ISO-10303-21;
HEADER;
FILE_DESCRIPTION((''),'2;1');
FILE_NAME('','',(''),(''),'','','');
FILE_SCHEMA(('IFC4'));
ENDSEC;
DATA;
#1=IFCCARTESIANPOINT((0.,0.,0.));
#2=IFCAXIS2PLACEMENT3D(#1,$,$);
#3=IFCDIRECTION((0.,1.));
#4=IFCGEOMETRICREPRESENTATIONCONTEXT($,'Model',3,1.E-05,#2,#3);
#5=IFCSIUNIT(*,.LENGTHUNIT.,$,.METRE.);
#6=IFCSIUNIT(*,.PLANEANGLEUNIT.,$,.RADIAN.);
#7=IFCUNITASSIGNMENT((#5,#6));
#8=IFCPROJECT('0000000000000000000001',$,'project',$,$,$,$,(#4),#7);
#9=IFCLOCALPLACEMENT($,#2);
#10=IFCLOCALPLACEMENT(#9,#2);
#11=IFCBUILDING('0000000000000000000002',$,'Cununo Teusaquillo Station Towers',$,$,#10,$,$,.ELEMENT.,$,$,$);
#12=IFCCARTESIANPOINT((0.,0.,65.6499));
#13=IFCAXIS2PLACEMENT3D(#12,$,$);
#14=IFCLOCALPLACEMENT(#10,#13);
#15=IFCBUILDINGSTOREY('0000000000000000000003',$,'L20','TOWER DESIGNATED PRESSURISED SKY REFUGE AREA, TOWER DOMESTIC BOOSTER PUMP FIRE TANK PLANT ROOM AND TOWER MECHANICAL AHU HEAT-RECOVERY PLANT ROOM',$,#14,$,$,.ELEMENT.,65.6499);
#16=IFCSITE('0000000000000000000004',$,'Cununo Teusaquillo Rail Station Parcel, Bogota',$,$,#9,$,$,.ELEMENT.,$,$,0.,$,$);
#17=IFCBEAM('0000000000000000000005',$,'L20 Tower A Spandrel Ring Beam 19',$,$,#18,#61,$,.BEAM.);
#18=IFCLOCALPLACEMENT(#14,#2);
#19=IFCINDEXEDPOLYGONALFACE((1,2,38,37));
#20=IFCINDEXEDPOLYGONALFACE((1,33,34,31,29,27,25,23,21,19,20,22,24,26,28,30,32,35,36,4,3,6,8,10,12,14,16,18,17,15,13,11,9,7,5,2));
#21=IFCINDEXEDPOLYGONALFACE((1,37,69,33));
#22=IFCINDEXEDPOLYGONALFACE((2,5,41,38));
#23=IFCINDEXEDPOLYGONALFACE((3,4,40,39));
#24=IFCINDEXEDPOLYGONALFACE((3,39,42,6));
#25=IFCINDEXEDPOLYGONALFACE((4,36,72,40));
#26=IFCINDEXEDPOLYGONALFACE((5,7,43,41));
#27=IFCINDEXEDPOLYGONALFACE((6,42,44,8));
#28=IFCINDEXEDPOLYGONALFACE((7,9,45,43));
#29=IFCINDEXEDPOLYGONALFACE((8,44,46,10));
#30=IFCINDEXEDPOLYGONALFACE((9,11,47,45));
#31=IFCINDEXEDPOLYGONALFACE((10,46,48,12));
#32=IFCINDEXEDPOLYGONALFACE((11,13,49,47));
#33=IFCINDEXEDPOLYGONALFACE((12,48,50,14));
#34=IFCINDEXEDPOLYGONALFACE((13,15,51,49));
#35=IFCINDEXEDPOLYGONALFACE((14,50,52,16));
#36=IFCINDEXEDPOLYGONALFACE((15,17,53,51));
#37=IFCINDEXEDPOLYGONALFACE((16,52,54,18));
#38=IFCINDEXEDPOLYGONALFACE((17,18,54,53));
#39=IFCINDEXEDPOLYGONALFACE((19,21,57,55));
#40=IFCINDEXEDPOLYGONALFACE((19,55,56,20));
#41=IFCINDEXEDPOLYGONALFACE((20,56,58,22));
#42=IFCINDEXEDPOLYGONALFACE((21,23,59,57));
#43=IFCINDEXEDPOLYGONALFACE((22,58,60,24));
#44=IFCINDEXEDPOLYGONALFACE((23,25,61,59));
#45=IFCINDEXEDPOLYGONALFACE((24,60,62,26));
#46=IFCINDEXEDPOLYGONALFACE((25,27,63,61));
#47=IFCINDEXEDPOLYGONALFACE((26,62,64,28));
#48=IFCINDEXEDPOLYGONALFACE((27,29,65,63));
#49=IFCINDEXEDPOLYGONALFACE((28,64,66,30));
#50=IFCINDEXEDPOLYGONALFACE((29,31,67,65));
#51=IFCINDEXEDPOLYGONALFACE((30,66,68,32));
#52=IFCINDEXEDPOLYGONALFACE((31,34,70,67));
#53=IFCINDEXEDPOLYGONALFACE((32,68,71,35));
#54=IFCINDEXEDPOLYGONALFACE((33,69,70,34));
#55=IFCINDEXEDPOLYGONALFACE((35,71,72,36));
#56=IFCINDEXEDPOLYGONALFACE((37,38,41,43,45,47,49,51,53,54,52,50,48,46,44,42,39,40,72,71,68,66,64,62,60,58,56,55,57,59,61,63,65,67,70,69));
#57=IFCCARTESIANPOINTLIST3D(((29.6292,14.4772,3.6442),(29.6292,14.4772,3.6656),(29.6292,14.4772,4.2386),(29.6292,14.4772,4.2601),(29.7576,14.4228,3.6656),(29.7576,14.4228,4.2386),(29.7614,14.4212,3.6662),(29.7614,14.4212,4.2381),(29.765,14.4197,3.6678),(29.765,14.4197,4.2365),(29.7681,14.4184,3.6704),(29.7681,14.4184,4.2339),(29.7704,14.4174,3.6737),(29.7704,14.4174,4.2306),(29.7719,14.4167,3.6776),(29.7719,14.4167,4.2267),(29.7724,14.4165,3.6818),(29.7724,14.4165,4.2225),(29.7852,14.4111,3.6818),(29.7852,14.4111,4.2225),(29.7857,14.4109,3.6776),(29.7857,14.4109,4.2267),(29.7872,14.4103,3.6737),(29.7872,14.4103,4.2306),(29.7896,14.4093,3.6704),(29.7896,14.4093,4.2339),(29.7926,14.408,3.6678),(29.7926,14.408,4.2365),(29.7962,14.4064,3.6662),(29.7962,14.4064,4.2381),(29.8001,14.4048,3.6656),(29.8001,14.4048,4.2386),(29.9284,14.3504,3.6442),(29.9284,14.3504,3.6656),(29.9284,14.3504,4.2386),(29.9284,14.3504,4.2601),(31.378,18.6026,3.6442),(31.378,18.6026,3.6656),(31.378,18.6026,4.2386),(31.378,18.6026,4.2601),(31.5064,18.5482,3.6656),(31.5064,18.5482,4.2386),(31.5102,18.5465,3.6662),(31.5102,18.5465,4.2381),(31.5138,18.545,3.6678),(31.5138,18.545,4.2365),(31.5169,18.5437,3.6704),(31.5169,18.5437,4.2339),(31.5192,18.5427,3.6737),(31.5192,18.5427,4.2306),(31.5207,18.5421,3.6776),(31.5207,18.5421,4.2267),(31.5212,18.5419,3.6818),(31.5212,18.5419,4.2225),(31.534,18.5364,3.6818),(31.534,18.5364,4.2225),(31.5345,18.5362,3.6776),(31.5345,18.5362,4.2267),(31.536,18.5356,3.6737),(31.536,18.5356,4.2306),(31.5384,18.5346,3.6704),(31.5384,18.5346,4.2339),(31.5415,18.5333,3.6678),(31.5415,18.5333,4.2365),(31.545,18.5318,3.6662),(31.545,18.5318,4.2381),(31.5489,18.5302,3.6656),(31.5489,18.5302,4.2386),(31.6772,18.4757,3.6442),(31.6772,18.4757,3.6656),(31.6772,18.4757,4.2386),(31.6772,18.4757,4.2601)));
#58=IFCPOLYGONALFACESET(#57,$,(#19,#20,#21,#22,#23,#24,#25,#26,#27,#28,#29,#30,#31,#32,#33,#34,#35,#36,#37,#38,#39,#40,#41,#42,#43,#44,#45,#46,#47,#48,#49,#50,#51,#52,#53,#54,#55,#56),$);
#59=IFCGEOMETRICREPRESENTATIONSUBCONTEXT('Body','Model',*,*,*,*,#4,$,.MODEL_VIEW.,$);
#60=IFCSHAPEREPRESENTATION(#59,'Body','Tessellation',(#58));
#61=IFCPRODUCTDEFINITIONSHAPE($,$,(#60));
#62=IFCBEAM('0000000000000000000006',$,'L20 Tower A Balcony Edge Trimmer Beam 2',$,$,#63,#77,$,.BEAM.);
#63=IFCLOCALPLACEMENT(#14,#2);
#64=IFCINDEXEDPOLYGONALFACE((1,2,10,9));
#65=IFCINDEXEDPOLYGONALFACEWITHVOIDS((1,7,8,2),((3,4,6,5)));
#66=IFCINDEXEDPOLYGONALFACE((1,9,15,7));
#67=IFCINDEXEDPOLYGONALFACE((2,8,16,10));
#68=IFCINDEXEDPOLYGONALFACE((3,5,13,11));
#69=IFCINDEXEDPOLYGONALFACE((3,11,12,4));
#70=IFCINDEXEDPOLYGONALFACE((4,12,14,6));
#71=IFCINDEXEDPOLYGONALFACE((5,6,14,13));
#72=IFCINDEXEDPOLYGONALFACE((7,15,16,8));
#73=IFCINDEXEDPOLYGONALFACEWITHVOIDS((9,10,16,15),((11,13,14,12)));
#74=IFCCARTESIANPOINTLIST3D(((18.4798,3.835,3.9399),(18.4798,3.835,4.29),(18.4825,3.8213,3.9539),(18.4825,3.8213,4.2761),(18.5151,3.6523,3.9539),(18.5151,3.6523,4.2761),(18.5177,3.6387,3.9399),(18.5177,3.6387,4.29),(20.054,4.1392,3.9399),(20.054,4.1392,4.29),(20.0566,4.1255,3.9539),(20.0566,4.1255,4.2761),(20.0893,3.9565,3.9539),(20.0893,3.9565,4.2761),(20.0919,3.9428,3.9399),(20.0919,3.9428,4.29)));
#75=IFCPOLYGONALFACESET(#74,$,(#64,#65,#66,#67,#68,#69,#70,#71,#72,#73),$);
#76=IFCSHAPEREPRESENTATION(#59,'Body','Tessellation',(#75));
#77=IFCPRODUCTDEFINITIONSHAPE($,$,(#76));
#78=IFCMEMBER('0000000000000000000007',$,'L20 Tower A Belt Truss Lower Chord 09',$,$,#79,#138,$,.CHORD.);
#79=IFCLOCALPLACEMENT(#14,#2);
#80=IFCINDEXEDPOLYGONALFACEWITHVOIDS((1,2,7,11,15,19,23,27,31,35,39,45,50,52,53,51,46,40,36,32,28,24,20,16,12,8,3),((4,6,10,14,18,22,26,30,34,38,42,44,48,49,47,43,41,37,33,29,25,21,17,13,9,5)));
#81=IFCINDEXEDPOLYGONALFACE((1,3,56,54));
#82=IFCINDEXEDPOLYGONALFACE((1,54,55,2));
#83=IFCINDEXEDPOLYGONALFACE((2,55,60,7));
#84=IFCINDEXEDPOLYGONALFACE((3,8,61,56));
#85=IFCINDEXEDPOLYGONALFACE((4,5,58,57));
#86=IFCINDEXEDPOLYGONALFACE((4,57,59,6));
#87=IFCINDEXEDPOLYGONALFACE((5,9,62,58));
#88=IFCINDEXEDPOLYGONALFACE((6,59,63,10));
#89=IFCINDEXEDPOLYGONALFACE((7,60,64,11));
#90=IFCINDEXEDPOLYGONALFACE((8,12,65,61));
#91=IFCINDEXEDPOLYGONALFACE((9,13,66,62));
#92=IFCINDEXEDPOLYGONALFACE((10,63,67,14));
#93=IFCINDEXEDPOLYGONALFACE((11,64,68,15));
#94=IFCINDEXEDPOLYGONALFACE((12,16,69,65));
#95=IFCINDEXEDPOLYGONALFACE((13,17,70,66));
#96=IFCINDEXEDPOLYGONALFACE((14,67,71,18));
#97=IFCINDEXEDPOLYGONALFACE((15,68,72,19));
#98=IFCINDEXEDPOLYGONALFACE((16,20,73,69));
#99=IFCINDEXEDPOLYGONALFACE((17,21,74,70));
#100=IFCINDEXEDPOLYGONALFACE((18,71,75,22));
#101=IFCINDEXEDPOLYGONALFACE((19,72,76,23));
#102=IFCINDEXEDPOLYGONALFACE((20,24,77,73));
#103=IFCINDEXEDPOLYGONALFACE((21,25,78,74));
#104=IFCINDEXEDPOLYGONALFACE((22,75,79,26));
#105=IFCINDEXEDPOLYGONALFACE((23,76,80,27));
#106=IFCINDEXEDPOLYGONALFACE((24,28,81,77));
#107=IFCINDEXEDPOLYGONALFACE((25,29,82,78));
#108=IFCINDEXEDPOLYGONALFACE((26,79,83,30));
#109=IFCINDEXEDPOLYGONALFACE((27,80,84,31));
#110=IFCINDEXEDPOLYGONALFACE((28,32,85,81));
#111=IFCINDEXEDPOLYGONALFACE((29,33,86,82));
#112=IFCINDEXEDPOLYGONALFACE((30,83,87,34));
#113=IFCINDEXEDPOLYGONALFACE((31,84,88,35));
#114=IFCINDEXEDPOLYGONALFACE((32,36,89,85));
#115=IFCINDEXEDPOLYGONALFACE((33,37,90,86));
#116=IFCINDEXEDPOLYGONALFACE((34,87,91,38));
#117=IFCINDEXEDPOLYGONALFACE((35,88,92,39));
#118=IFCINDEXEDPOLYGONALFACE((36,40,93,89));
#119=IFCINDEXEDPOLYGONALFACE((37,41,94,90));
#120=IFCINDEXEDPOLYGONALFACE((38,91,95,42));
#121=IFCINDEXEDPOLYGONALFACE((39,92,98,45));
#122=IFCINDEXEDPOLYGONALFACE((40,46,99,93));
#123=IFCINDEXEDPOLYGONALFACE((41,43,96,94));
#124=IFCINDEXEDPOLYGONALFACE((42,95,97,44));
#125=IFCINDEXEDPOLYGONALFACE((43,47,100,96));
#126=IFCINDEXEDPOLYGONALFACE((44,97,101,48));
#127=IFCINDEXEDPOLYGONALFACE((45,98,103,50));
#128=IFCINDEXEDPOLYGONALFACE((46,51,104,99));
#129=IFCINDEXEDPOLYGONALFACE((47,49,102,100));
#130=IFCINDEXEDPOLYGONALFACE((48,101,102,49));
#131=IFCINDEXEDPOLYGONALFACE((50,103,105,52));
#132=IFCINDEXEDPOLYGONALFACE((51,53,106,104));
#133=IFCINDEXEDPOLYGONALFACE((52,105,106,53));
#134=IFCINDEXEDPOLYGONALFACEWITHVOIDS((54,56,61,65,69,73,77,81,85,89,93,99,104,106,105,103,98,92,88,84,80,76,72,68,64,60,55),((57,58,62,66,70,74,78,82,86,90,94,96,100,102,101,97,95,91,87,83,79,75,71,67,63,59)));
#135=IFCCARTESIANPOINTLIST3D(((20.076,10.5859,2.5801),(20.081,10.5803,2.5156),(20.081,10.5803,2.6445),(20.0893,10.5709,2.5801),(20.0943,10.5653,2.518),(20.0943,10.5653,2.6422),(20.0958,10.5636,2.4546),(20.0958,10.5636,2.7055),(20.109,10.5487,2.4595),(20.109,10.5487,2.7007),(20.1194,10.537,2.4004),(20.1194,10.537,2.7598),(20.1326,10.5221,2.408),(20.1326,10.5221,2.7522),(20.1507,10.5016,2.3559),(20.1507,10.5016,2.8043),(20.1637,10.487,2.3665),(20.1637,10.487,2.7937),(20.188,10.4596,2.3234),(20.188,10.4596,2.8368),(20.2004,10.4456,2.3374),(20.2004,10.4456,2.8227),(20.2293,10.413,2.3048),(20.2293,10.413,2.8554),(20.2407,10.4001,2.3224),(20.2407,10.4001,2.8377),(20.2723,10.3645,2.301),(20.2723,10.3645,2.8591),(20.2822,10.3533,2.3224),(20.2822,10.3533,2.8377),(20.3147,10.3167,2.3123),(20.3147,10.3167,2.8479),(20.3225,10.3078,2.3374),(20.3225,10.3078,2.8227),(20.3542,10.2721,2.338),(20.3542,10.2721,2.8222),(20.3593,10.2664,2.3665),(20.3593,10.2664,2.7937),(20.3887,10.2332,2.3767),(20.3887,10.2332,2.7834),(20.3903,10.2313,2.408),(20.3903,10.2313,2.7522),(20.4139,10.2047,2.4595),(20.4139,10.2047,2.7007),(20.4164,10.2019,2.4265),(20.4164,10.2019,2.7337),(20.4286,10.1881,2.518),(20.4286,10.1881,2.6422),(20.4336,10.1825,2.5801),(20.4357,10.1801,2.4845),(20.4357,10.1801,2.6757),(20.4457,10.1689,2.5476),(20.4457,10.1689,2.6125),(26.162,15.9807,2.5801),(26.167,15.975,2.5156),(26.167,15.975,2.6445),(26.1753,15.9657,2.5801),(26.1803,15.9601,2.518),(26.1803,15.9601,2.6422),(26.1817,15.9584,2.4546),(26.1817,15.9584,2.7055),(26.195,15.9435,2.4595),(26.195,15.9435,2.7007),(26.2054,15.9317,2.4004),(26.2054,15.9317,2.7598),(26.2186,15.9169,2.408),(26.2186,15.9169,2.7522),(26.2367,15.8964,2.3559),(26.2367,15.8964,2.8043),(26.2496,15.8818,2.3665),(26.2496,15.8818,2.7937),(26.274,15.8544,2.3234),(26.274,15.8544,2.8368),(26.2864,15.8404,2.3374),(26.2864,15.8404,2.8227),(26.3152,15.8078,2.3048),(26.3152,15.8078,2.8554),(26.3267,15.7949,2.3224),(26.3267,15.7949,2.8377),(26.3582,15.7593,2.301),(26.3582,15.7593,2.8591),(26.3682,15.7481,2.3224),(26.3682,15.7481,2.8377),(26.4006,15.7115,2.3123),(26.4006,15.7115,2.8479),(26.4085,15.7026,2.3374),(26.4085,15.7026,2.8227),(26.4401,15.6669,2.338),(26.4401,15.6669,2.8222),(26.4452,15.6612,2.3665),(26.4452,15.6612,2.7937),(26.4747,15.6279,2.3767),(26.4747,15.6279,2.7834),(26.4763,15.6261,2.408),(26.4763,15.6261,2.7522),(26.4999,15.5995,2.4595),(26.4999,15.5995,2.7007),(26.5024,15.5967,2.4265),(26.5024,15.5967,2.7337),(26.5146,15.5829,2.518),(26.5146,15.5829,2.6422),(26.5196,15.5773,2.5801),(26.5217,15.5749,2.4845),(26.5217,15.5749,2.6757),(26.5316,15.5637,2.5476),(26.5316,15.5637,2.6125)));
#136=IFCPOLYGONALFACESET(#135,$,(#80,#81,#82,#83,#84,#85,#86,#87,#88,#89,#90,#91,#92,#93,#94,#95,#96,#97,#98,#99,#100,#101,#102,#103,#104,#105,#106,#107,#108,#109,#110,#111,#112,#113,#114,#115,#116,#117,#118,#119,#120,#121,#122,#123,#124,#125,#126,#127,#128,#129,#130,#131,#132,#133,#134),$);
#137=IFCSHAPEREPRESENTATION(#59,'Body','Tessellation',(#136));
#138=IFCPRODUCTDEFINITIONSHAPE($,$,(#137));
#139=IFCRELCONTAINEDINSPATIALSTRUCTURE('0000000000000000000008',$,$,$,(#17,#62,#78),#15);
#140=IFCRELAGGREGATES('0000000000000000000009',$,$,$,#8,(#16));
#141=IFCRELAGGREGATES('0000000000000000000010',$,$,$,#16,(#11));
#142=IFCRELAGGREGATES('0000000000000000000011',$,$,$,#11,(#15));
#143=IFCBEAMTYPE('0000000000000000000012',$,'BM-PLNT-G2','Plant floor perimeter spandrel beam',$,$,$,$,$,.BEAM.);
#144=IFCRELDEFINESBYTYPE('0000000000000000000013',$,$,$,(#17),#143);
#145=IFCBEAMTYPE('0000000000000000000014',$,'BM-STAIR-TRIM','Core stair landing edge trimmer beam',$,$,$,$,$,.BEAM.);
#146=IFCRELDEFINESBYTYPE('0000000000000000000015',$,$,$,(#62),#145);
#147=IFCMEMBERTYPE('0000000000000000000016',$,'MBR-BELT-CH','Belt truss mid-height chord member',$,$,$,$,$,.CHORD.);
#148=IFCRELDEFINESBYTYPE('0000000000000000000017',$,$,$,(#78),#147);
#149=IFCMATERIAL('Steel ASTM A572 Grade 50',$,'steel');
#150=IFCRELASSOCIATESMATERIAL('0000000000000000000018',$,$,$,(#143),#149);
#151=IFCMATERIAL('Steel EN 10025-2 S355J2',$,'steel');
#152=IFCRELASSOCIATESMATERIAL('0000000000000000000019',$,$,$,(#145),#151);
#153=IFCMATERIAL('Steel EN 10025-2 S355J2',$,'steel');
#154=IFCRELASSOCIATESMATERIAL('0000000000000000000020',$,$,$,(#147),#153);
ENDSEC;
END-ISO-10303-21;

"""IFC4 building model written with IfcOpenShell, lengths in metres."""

from ifc_helpers import new_model, si_unit, direction, frame, origin, origin_2d, place, context, subcontext, project, spatial, hollow_rectangle, hollow_circle, i_section, extrude, material, material_profile, profile_set, type_object, element, save


model = new_model("IFC4")

# Units and contexts
model_context = context("Model", 3, precision=1e-05, world=origin(), true_north=direction((0.0, 1.0)))
body_context = subcontext(model_context, "Body", "Model", "MODEL_VIEW")
ifc_project = project(units=[si_unit("LENGTHUNIT", "METRE"), si_unit("PLANEANGLEUNIT", "RADIAN")], contexts=[model_context])

# Site, building, storey
site_placement = place(None, origin())
site = spatial("IfcSite", under=ifc_project, at=site_placement, Name="Cununo Teusaquillo Rail Station Parcel, Bogota", CompositionType="ELEMENT", RefElevation=0.0)
building_placement = place(site_placement, origin())
building = spatial("IfcBuilding", under=site, at=building_placement, Name="Cununo Teusaquillo Station Towers", CompositionType="ELEMENT")
storey_placement = place(building_placement, frame((0.0, 0.0, 65.6499)))
storey = spatial("IfcBuildingStorey", under=building, at=storey_placement, Name="L20", Description="TOWER DESIGNATED PRESSURISED SKY REFUGE AREA, TOWER DOMESTIC BOOSTER PUMP FIRE TANK PLANT ROOM AND TOWER MECHANICAL AHU HEAT-RECOVERY PLANT ROOM", CompositionType="ELEMENT", Elevation=65.6499)

# Beams
ifc_material_1 = material(Name="Steel ASTM A572 Grade 50", Category="steel")
ifc_material_profile_1 = material_profile(ifc_material_1, i_section(OverallWidth=0.325, OverallDepth=0.616, WebThickness=0.0139, FlangeThickness=0.0215, FilletRadius=0.0161, at=origin_2d()), Name="W24X117")
ifc_profile_set_1 = profile_set([ifc_material_profile_1], Name="Steel ASTM A572 Grade 50")
beam_type_1 = type_object("IfcBeamType", Name="BM-PLNT-G2", Description="Plant floor perimeter spandrel beam", PredefinedType="BEAM", material=ifc_profile_set_1)
beam_1_placement = place(storey_placement, frame((29.7788, 14.4138, 3.9521), z_axis=(0.390299, 0.920688, 0.0), x_axis=(-0.920688, 0.390299, 0.0)))
element("IfcBeam", 1, at=beam_1_placement, inside=storey, type_object=beam_type_1, Name="L20 Tower A Spandrel Ring Beam 19", PredefinedType="BEAM", context=body_context, shape_type="SweptSolid", body=[
    extrude(i_section(OverallWidth=0.325, OverallDepth=0.616, WebThickness=0.0139, FlangeThickness=0.0215, FilletRadius=0.0161, at=origin_2d()), origin(), (0.0, 0.0, 1.0), 4.4807),
])
ifc_material_2 = material(Name="Steel EN 10025-2 S355J2", Category="steel")
ifc_material_profile_2 = material_profile(ifc_material_2, hollow_rectangle(XDim=0.2, YDim=0.3501, WallThickness=0.0139, at=origin_2d()), Name="RHS 350x200x14")
ifc_profile_set_2 = profile_set([ifc_material_profile_2], Name="Steel EN 10025-2 S355J2")
beam_type_2 = type_object("IfcBeamType", Name="BM-STAIR-TRIM", Description="Core stair landing edge trimmer beam", PredefinedType="BEAM", material=ifc_profile_set_2)
beam_2_placement = place(storey_placement, frame((18.4988, 3.7368, 4.115), z_axis=(0.981837, 0.189728, 0.0), x_axis=(-0.189728, 0.981837, 0.0)))
element("IfcBeam", 2, at=beam_2_placement, inside=storey, type_object=beam_type_2, Name="L20 Tower A Balcony Edge Trimmer Beam 2", PredefinedType="BEAM", context=body_context, shape_type="SweptSolid", body=[
    extrude(hollow_rectangle(XDim=0.2, YDim=0.3501, WallThickness=0.0139, at=origin_2d()), origin(), (0.0, 0.0, 1.0), 1.6033),
])

# Member
ifc_material_3 = material(Name="Steel EN 10025-2 S355J2", Category="steel")
ifc_material_profile_3 = material_profile(ifc_material_3, hollow_circle(Radius=0.2795, WallThickness=0.02, at=origin_2d()), Name="CHS 559x20")
ifc_profile_set_3 = profile_set([ifc_material_profile_3], Name="Steel EN 10025-2 S355J2")
member_type_1 = type_object("IfcMemberType", Name="MBR-BELT-CH", Description="Belt truss mid-height chord member", PredefinedType="CHORD", material=ifc_profile_set_3)
member_1_placement = place(storey_placement, frame((20.2615, 10.3767, 2.5801), z_axis=(0.748321, 0.663337, 0.0), x_axis=(-0.663337, 0.748321, 0.0)))
element("IfcMember", 3, at=member_1_placement, inside=storey, type_object=member_type_1, Name="L20 Tower A Belt Truss Lower Chord 09", PredefinedType="CHORD", context=body_context, shape_type="SweptSolid", body=[
    extrude(hollow_circle(Radius=0.2795, WallThickness=0.02, at=origin_2d()), origin(), (0.0, 0.0, 1.0), 8.1328),
])

save(model, "model.ifc")
